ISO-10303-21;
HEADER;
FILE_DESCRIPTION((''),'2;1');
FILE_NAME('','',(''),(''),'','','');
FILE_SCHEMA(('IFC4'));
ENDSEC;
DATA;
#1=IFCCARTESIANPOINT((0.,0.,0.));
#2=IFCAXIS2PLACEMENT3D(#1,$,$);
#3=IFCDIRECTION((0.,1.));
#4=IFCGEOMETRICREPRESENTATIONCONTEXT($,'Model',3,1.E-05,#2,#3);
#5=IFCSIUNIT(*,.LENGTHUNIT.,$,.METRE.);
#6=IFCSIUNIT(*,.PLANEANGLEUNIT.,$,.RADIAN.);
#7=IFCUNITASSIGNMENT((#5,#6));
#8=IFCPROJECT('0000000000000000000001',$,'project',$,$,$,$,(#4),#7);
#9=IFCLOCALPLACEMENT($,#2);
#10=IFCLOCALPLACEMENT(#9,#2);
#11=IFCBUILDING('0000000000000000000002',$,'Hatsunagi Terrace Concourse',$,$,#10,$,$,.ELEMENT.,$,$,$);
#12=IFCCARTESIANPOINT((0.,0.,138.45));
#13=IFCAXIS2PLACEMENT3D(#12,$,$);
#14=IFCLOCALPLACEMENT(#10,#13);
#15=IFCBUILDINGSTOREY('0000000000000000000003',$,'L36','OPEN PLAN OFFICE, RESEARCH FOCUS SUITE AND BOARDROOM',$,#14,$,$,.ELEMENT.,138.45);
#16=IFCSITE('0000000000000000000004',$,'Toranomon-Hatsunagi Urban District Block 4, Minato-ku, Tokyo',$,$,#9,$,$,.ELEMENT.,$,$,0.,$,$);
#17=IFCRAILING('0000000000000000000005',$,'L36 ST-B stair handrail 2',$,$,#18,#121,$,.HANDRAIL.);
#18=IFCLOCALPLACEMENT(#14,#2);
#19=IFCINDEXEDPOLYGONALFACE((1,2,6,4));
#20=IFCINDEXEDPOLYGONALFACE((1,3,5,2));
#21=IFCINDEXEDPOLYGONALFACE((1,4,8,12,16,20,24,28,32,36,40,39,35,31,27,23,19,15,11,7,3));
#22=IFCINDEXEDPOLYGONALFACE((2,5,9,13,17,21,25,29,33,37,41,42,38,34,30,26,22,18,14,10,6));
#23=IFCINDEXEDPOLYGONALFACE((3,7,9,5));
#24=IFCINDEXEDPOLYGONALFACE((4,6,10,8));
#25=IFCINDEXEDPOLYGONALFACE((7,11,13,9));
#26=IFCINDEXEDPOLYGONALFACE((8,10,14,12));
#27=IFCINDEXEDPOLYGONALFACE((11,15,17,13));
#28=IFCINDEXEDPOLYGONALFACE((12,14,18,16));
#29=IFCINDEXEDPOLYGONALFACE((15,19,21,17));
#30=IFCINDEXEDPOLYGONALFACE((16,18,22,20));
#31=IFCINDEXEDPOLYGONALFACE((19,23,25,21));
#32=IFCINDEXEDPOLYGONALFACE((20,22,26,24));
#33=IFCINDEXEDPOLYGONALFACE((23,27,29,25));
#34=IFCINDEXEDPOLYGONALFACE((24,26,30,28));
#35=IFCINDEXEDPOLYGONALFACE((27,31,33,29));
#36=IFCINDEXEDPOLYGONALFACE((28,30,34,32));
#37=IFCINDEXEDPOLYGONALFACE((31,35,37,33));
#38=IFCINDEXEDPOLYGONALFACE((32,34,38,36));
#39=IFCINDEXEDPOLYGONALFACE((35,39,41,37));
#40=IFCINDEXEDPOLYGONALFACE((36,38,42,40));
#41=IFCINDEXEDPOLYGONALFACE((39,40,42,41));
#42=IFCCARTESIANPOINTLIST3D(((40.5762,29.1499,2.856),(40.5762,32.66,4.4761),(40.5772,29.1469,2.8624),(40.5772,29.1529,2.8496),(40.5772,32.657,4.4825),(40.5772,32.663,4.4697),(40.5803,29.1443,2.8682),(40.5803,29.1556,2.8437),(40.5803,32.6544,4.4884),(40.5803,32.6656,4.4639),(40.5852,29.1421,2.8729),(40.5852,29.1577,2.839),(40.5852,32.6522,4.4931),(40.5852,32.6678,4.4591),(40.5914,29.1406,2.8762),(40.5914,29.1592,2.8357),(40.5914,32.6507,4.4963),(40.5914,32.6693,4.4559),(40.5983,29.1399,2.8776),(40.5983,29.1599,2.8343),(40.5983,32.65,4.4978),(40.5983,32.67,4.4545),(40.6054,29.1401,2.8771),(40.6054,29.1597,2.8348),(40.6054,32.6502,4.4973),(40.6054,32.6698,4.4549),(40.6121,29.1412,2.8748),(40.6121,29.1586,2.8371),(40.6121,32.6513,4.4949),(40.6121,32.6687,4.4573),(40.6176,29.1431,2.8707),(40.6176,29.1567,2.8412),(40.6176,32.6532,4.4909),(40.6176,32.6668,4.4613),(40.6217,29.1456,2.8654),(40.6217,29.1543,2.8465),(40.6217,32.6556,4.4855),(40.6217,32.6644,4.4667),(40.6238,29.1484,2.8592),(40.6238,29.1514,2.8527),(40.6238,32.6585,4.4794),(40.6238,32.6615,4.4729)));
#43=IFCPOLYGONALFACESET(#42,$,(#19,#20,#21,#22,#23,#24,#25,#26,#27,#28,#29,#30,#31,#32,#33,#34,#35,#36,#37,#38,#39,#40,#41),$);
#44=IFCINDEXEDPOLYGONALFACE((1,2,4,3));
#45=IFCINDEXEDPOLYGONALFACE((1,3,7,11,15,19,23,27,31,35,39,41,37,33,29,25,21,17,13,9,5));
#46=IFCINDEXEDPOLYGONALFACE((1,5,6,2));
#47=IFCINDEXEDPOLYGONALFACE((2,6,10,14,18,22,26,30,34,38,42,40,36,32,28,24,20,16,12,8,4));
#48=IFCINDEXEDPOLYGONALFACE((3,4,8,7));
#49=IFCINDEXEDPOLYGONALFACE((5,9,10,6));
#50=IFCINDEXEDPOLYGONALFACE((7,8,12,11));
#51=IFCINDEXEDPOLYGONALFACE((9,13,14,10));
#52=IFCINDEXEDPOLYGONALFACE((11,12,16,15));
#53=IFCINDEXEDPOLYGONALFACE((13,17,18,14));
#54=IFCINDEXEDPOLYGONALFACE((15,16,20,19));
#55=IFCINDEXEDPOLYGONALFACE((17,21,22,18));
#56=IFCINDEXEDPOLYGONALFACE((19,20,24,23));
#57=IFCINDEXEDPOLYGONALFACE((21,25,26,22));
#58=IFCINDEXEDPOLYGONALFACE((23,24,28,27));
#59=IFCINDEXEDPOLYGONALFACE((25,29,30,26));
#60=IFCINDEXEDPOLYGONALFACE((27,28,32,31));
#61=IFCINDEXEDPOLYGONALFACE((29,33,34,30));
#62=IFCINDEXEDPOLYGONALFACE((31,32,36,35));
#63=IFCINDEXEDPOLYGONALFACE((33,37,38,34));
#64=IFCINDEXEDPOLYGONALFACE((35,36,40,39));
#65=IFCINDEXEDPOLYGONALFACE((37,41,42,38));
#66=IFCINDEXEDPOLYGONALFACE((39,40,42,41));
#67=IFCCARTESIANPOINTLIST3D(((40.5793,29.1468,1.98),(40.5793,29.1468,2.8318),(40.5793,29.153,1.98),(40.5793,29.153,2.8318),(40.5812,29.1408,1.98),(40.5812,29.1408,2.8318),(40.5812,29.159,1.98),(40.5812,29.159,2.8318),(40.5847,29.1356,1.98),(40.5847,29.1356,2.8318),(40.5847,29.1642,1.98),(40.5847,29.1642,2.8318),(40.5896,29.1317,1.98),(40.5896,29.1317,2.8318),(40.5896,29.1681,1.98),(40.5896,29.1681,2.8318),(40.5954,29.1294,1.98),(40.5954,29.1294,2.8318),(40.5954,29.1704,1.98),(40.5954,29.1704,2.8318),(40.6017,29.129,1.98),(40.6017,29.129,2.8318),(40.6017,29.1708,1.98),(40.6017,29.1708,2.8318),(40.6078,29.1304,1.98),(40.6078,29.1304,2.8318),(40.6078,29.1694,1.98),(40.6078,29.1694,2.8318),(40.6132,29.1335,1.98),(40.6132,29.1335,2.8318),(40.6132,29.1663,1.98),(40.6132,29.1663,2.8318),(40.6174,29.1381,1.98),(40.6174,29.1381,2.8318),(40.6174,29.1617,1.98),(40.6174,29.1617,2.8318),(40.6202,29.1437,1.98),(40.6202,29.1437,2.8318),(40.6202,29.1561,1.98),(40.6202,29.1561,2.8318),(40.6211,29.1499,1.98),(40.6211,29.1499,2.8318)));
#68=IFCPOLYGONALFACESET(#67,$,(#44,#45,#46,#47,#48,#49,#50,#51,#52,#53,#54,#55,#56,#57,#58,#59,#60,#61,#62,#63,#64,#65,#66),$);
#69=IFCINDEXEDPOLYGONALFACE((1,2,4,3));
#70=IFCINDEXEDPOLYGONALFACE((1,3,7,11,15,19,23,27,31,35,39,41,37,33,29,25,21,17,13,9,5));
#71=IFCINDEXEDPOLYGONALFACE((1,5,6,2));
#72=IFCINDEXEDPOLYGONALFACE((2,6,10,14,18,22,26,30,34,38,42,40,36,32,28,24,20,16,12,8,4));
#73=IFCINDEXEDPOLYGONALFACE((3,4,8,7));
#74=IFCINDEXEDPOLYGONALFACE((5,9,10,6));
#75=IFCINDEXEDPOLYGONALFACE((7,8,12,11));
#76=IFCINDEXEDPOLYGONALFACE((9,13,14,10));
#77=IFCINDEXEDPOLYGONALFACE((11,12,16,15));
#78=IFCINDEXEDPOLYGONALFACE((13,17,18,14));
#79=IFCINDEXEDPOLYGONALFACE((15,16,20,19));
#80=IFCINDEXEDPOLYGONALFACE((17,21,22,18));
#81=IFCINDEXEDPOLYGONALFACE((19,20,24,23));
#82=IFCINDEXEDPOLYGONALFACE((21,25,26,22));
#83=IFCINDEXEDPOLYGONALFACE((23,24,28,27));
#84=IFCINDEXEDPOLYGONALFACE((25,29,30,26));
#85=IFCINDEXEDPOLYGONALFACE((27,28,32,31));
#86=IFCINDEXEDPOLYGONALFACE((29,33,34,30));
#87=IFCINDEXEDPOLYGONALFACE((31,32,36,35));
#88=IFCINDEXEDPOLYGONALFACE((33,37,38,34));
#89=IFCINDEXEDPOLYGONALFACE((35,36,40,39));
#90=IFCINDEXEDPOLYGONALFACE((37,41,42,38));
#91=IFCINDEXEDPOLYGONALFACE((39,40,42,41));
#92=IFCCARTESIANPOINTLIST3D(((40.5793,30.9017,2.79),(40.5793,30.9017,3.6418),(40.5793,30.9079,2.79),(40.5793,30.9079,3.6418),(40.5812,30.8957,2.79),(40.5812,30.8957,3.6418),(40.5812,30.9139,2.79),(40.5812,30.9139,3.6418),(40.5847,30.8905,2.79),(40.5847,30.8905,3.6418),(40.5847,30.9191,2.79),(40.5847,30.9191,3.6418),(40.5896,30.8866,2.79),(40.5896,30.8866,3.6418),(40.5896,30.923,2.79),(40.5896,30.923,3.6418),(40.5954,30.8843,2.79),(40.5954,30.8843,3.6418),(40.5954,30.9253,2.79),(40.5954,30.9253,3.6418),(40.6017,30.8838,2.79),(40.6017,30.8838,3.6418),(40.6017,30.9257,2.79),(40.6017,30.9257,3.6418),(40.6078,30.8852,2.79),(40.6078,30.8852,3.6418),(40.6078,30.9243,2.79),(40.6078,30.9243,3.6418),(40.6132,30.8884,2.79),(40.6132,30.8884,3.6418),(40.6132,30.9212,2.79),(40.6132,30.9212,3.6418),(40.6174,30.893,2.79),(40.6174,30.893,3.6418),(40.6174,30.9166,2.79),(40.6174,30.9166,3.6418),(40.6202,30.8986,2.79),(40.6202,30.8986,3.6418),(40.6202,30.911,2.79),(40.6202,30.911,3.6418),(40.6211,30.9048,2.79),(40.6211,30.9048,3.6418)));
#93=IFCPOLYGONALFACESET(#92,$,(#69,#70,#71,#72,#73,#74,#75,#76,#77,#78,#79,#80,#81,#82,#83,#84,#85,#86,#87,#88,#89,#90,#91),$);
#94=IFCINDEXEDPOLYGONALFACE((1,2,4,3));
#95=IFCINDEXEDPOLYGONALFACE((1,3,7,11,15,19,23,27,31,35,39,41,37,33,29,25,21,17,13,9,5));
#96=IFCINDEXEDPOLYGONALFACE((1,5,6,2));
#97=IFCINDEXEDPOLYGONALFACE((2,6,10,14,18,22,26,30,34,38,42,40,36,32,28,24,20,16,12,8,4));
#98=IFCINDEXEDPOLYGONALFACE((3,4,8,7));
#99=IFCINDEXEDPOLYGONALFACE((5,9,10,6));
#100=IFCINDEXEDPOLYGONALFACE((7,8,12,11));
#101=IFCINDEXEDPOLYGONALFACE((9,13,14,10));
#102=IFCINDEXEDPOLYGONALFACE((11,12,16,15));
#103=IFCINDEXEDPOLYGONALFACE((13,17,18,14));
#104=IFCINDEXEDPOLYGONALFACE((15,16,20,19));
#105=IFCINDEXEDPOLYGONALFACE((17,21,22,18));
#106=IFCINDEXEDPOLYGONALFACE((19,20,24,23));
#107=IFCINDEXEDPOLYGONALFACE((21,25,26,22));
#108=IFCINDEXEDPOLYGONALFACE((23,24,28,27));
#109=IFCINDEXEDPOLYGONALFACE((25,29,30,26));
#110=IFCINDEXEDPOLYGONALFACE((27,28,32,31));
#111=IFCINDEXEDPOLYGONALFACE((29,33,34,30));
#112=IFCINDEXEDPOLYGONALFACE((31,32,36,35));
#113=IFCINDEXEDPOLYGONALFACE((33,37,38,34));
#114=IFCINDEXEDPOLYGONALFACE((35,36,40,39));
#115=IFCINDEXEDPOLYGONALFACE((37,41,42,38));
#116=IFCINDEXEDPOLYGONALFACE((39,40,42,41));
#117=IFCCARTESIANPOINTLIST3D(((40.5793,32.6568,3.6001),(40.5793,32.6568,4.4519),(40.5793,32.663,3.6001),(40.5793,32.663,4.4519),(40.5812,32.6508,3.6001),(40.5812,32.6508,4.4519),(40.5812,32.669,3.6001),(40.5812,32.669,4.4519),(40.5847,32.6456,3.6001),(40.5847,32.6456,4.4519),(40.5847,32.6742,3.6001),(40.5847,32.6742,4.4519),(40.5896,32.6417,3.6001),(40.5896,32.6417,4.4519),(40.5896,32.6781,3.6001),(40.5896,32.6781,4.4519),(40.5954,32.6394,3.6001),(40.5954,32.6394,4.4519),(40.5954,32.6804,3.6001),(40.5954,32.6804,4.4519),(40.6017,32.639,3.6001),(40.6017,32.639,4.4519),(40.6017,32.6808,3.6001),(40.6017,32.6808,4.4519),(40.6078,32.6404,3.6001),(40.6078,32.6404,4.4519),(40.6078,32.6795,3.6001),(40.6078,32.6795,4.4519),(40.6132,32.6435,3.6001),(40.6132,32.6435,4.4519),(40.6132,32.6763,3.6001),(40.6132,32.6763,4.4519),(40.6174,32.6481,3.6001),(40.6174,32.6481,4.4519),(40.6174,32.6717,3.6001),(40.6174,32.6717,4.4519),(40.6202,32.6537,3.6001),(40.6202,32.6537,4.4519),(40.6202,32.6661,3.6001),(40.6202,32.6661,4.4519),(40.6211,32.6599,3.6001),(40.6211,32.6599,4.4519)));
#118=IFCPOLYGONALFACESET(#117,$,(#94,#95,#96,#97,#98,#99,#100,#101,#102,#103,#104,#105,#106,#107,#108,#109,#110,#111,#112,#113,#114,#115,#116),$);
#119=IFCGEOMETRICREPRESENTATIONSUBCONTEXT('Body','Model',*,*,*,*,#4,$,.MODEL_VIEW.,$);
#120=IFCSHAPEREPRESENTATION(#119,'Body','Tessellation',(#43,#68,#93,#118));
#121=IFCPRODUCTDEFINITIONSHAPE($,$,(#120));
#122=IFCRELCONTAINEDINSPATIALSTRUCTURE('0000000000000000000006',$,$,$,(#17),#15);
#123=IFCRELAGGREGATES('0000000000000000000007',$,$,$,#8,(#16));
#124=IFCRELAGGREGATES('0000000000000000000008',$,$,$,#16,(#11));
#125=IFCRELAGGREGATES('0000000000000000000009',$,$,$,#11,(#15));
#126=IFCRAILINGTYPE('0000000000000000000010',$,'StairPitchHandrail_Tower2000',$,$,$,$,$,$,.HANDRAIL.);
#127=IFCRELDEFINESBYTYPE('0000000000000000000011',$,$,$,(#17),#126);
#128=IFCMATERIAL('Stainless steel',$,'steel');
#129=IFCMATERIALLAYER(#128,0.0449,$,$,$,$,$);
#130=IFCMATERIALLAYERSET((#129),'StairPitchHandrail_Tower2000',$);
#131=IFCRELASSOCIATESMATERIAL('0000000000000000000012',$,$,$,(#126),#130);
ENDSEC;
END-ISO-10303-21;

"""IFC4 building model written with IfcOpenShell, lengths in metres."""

from ifc_helpers import new_model, si_unit, direction, frame, origin, origin_2d, place, context, subcontext, project, spatial, circle, extrude, material, layer, layer_set, type_object, element, save


model = new_model("IFC4")

# Units and contexts
model_context = context("Model", 3, precision=1e-05, world=origin(), true_north=direction((0.0, 1.0)))
body_context = subcontext(model_context, "Body", "Model", "MODEL_VIEW")
ifc_project = project(units=[si_unit("LENGTHUNIT", "METRE"), si_unit("PLANEANGLEUNIT", "RADIAN")], contexts=[model_context])

# Site, building, storey
site_placement = place(None, origin())
site = spatial("IfcSite", under=ifc_project, at=site_placement, Name="Toranomon-Hatsunagi Urban District Block 4, Minato-ku, Tokyo", CompositionType="ELEMENT", RefElevation=0.0)
building_placement = place(site_placement, origin())
building = spatial("IfcBuilding", under=site, at=building_placement, Name="Hatsunagi Terrace Concourse", CompositionType="ELEMENT")
storey_placement = place(building_placement, frame((0.0, 0.0, 138.45)))
storey = spatial("IfcBuildingStorey", under=building, at=storey_placement, Name="L36", Description="OPEN PLAN OFFICE, RESEARCH FOCUS SUITE AND BOARDROOM", CompositionType="ELEMENT", Elevation=138.45)

# Railing
ifc_material_1 = material(Name="Stainless steel", Category="steel")
ifc_layer_1 = layer(ifc_material_1, 0.0449)
ifc_layer_set_1 = layer_set([ifc_layer_1], Name="StairPitchHandrail_Tower2000")
railing_type_1 = type_object("IfcRailingType", Name="StairPitchHandrail_Tower2000", PredefinedType="HANDRAIL", material=ifc_layer_set_1)
railing_1_placement = place(storey_placement, frame((40.6001, 29.1499, 1.98)))
element("IfcRailing", 1, at=railing_1_placement, inside=storey, type_object=railing_type_1, Name="L36 ST-B stair handrail 2", PredefinedType="HANDRAIL", context=body_context, shape_type="SweptSolid", body=[
    extrude(circle(Radius=0.0239, at=origin_2d()), frame((0.0, 0.0, 0.876), z_axis=(0.0, 0.907948, 0.419082), x_axis=(-1.0, 0.0, 0.0)), (0.0, 0.0, 1.0), 3.866),
    extrude(circle(Radius=0.021, at=origin_2d()), origin(), (0.0, 0.0, 1.0), 0.8518),
    extrude(circle(Radius=0.021, at=origin_2d()), frame((0.0, 1.7549, 0.8101)), (0.0, 0.0, 1.0), 0.8518),
    extrude(circle(Radius=0.021, at=origin_2d()), frame((0.0, 3.51, 1.6201)), (0.0, 0.0, 1.0), 0.8518),
])

save(model, "model.ifc")
